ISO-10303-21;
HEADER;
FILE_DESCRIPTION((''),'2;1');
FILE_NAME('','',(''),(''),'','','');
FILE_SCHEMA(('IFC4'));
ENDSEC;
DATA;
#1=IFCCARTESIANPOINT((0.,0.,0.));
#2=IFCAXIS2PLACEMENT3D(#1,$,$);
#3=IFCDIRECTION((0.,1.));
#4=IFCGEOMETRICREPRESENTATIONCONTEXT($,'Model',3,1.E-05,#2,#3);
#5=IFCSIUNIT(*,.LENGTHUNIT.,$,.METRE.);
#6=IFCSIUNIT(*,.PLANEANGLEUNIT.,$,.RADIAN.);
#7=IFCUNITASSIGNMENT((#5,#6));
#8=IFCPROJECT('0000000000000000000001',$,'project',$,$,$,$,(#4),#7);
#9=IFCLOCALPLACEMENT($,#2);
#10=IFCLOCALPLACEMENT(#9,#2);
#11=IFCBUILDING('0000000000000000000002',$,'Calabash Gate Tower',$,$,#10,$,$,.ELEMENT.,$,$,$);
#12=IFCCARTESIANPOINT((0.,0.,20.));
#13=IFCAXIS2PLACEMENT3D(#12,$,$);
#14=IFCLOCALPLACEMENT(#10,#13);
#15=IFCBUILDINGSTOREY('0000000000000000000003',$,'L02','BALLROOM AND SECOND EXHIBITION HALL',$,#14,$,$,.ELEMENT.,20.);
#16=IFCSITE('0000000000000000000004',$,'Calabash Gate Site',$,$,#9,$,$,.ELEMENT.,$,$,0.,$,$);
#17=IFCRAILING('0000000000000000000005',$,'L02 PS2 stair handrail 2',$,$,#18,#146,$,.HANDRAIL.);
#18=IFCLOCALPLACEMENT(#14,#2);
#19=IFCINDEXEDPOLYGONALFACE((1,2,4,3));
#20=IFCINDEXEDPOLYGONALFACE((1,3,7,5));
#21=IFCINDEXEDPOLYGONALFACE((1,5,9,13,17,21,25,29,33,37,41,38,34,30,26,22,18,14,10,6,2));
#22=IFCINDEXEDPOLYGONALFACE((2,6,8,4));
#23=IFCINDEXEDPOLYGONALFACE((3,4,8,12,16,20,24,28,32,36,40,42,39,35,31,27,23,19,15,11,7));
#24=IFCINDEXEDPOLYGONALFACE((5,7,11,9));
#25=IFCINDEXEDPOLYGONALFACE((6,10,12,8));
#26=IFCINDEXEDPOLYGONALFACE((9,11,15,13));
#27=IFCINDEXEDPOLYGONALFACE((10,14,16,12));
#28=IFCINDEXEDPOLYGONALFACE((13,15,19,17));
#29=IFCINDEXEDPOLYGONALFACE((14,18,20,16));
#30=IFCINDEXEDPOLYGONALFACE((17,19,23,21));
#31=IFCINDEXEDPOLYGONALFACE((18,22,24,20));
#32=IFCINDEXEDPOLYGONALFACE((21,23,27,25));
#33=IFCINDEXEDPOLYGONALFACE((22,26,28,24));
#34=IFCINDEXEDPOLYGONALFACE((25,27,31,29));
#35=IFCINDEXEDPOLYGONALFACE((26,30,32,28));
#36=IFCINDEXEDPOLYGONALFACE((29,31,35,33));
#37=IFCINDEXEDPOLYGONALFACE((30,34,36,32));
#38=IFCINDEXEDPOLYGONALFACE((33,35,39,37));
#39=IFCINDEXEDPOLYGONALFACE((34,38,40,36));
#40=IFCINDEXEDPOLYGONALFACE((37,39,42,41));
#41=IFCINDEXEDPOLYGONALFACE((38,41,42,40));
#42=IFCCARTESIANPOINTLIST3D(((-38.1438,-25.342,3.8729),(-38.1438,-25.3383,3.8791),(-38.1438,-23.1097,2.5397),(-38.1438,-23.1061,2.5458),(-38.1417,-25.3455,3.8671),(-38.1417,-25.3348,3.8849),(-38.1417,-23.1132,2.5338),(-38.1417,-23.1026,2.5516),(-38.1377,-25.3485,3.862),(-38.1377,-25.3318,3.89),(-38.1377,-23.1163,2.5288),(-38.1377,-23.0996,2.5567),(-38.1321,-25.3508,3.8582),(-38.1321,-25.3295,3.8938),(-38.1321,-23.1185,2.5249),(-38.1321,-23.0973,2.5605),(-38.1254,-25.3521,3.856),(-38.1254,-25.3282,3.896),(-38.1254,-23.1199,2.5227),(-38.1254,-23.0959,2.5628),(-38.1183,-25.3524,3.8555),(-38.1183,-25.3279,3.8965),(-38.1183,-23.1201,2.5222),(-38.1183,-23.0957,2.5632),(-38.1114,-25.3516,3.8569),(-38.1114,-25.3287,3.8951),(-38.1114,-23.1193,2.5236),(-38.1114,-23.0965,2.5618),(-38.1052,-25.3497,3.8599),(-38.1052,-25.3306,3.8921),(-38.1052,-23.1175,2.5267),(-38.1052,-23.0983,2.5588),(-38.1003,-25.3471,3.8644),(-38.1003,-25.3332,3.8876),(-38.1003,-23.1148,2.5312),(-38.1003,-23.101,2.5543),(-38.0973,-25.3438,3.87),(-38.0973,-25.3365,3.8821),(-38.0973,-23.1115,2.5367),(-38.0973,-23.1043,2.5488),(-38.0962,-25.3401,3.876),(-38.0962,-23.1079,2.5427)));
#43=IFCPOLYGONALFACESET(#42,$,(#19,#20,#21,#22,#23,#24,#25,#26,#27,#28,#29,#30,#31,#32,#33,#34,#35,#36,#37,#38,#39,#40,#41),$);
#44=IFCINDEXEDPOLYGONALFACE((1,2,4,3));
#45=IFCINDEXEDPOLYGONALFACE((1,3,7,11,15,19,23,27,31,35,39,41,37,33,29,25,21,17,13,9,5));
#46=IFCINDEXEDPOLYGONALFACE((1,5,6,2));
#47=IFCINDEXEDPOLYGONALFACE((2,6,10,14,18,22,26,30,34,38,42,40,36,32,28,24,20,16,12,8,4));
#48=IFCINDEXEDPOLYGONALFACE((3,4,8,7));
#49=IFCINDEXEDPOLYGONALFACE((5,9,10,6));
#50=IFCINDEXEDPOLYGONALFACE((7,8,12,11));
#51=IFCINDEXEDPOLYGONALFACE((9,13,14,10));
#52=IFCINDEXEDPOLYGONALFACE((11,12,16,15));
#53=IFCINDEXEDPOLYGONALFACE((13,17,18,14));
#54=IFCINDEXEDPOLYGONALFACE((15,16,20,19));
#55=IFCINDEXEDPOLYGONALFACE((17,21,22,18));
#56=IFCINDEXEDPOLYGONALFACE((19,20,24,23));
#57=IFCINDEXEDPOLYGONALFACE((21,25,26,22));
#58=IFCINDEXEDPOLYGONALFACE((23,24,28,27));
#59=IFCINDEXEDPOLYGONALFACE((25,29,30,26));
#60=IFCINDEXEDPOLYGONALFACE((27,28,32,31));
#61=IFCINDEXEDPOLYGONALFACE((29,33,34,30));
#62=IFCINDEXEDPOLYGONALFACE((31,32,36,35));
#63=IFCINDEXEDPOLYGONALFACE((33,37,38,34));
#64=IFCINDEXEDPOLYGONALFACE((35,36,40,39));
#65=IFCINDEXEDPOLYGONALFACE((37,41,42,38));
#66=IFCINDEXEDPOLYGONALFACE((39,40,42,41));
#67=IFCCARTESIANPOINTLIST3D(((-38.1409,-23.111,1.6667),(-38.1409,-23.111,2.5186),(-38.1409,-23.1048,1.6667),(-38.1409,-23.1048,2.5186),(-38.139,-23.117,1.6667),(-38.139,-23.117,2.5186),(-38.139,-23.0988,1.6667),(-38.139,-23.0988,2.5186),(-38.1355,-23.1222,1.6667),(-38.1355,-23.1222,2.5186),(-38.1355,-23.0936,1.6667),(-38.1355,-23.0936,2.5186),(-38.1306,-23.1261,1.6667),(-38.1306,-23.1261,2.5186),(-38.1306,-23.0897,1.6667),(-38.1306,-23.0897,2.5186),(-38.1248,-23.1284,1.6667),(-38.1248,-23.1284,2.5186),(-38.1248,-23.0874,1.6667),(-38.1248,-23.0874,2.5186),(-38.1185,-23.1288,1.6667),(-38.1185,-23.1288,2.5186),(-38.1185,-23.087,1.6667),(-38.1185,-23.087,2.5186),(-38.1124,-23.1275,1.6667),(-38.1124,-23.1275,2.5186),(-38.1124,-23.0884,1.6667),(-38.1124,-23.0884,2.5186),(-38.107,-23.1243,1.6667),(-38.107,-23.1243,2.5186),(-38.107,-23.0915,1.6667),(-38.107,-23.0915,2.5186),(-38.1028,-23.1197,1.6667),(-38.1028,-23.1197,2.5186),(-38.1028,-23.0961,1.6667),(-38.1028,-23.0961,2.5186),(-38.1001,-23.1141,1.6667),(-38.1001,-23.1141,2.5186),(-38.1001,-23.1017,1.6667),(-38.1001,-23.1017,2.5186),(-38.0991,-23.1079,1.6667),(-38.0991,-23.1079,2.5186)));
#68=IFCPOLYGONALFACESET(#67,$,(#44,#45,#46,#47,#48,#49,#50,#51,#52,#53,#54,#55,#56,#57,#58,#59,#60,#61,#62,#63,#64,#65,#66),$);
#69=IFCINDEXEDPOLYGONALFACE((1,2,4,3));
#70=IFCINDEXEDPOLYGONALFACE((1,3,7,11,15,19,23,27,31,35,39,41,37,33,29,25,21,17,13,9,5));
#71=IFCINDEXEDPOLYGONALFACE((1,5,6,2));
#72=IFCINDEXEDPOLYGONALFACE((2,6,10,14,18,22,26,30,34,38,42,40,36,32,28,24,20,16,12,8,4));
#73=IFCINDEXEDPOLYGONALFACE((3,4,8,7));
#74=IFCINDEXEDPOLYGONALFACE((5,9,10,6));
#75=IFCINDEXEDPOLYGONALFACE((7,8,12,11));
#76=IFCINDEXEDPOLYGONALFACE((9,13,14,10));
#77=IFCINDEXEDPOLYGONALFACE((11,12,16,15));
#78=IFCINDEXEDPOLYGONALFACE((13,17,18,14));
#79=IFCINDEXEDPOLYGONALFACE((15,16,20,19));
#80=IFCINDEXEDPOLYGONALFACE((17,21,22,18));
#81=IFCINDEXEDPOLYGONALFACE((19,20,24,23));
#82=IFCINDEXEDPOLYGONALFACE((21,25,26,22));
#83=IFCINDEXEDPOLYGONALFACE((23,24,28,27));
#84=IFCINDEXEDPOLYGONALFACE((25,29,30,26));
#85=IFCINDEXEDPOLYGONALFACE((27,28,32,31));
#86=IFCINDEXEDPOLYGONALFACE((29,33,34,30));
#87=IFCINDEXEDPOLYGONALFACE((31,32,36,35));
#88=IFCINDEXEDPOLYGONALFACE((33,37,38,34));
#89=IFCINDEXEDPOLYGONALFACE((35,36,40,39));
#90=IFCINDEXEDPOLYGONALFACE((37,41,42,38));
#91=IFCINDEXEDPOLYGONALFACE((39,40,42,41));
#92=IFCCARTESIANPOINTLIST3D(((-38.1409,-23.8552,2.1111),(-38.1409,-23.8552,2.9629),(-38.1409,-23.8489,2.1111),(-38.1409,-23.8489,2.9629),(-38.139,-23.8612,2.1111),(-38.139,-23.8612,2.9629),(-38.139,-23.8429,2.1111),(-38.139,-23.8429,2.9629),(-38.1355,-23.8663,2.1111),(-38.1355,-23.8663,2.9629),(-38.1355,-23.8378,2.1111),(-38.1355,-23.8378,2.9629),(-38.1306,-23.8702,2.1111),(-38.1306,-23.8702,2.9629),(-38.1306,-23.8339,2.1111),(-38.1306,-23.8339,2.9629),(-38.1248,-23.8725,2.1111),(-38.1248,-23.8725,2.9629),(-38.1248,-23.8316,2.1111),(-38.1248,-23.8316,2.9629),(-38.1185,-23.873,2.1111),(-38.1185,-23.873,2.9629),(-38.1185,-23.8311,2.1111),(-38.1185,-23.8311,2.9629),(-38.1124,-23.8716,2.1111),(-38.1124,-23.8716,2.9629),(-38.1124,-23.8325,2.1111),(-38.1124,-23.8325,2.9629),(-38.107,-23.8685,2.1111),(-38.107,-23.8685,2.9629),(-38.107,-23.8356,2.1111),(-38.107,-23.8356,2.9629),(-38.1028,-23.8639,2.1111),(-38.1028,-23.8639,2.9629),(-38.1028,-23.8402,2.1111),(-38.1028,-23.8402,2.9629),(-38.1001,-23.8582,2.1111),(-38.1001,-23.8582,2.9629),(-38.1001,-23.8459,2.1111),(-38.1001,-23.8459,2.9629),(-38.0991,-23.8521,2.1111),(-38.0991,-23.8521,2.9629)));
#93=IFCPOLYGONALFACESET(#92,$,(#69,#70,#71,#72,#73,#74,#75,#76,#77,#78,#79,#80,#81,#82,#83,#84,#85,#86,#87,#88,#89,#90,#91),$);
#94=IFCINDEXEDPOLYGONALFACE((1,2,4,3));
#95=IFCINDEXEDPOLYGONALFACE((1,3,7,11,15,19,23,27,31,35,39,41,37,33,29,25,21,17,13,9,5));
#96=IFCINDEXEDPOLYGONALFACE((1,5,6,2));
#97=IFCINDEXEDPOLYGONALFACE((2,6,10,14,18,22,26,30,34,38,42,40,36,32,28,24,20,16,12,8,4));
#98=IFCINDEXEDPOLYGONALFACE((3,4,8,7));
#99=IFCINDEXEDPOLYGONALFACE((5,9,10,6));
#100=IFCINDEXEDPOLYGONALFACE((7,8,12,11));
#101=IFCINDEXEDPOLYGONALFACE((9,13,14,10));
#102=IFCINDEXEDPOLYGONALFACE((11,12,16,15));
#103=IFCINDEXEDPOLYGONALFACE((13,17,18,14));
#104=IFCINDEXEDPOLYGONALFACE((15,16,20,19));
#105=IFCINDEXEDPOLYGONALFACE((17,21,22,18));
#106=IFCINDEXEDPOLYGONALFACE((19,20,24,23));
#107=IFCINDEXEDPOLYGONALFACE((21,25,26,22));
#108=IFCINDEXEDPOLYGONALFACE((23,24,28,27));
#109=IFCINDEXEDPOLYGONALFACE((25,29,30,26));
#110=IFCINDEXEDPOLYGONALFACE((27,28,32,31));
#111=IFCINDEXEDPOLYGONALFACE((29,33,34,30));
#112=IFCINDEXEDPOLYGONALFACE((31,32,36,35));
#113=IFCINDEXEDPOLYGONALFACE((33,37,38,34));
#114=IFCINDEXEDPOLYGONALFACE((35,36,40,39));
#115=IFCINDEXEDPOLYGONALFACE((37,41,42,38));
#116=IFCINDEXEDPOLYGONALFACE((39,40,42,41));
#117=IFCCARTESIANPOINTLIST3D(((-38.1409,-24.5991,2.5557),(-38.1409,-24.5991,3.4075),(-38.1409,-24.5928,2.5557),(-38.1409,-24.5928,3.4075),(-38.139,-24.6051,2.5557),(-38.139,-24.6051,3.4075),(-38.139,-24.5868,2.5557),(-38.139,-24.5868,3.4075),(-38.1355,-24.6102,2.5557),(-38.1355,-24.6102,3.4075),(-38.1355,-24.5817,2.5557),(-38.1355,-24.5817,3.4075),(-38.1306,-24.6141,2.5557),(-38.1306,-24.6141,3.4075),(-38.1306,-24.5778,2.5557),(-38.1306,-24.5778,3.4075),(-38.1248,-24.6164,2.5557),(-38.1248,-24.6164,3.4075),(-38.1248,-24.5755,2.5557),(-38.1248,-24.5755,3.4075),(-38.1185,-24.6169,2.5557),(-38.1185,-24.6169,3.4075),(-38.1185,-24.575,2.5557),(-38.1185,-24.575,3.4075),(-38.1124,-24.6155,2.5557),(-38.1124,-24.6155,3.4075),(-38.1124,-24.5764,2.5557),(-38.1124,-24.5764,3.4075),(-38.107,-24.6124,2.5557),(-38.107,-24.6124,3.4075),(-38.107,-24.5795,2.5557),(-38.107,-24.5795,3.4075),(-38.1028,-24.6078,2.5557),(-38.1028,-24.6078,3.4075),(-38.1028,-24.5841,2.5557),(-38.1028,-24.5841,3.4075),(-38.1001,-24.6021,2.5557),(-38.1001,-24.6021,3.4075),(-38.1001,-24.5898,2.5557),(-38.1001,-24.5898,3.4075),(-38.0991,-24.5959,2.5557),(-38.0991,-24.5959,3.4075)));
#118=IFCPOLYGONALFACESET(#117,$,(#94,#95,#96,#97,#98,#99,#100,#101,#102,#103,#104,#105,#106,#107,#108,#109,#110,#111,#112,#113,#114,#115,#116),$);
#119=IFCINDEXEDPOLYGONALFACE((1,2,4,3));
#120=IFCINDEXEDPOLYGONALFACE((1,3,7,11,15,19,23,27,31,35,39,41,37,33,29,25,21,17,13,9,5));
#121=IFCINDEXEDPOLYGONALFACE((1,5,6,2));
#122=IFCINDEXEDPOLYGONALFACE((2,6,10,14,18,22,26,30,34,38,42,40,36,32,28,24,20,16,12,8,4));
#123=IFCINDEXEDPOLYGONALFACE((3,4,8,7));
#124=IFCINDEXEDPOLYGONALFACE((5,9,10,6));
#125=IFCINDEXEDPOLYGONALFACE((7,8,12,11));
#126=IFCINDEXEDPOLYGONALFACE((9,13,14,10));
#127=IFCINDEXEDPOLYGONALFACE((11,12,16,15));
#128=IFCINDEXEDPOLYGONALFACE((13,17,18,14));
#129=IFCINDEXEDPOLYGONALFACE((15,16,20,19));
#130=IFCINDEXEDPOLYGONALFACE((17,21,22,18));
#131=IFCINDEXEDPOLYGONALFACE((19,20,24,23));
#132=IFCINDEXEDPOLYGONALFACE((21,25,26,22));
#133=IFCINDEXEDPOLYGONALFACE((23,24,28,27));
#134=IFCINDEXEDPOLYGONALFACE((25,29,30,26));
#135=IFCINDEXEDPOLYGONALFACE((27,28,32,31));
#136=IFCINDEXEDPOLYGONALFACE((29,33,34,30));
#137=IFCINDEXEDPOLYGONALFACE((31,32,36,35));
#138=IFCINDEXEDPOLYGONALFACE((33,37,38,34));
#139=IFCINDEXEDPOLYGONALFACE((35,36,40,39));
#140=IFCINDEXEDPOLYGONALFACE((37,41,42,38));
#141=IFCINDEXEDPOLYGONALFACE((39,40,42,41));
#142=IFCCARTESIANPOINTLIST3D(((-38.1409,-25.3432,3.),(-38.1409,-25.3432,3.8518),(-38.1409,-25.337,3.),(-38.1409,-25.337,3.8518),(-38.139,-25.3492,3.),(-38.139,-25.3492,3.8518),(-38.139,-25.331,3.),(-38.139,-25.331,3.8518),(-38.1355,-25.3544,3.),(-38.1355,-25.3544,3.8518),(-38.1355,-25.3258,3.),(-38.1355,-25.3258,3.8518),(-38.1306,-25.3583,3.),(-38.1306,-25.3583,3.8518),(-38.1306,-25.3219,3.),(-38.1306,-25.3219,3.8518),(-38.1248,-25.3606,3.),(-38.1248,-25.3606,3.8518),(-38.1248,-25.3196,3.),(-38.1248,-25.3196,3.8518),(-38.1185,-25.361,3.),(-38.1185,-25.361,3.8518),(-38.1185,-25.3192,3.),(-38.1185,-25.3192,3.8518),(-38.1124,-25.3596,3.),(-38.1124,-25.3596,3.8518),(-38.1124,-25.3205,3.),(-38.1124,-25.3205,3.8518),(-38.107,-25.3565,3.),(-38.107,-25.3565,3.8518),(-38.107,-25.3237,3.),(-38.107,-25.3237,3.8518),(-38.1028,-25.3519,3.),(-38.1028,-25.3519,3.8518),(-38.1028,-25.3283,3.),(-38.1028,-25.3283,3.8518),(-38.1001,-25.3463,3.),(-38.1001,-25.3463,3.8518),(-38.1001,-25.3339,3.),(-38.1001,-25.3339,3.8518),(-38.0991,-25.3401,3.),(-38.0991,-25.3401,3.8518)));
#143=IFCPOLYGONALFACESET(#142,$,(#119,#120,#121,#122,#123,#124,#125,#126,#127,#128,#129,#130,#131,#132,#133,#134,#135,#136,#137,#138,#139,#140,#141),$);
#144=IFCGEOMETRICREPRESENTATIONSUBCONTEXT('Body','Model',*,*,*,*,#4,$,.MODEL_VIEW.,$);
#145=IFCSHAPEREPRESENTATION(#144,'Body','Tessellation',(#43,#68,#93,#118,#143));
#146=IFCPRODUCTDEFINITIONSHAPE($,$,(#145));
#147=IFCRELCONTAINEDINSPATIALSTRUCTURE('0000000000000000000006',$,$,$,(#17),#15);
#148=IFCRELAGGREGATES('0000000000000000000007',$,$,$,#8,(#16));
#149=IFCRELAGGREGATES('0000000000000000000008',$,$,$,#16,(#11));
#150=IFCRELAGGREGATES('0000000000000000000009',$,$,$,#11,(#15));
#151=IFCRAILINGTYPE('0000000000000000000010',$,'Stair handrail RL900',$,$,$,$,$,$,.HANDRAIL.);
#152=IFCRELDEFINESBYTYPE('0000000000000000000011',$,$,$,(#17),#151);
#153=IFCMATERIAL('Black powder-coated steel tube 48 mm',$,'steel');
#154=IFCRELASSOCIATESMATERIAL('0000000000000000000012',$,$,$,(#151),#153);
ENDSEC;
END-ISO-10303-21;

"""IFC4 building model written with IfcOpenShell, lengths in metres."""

from ifc_helpers import new_model, si_unit, direction, frame, origin, origin_2d, place, context, subcontext, project, spatial, circle, extrude, material, type_object, element, save


model = new_model("IFC4")

# Units and contexts
model_context = context("Model", 3, precision=1e-05, world=origin(), true_north=direction((0.0, 1.0)))
body_context = subcontext(model_context, "Body", "Model", "MODEL_VIEW")
ifc_project = project(units=[si_unit("LENGTHUNIT", "METRE"), si_unit("PLANEANGLEUNIT", "RADIAN")], contexts=[model_context])

# Site, building, storey
site_placement = place(None, origin())
site = spatial("IfcSite", under=ifc_project, at=site_placement, Name="Calabash Gate Site", CompositionType="ELEMENT", RefElevation=0.0)
building_placement = place(site_placement, origin())
building = spatial("IfcBuilding", under=site, at=building_placement, Name="Calabash Gate Tower", CompositionType="ELEMENT")
storey_placement = place(building_placement, frame((0.0, 0.0, 20.0)))
storey = spatial("IfcBuildingStorey", under=building, at=storey_placement, Name="L02", Description="BALLROOM AND SECOND EXHIBITION HALL", CompositionType="ELEMENT", Elevation=20.0)

# Railing
ifc_material_1 = material(Name="Black powder-coated steel tube 48 mm", Category="steel")
railing_type_1 = type_object("IfcRailingType", Name="Stair handrail RL900", PredefinedType="HANDRAIL", material=ifc_material_1)
for number, where, name in (
    (1, (-38.1201, -23.1079, 1.6667), "L02 PS2 stair handrail 2"),
):
    element("IfcRailing", number, at=place(storey_placement, frame(where)), inside=storey, type_object=railing_type_1, Name=name, PredefinedType="HANDRAIL", context=body_context, shape_type="SweptSolid", body=[
        extrude(circle(Radius=0.0239, at=origin_2d()), frame((0.0, 0.0, 0.876), z_axis=(0.0, -0.858519, 0.512782), x_axis=(1.0, 0.0, 0.0)), (0.0, 0.0, 1.0), 2.6001),
        extrude(circle(Radius=0.021, at=origin_2d()), origin(), (0.0, 0.0, 1.0), 0.8518),
        extrude(circle(Radius=0.021, at=origin_2d()), frame((0.0, -0.7441, 0.4443)), (0.0, 0.0, 1.0), 0.8518),
        extrude(circle(Radius=0.021, at=origin_2d()), frame((0.0, -1.488, 0.8889)), (0.0, 0.0, 1.0), 0.8518),
        extrude(circle(Radius=0.021, at=origin_2d()), frame((0.0, -2.2322, 1.3333)), (0.0, 0.0, 1.0), 0.8518),
    ])

save(model, "model.ifc")
